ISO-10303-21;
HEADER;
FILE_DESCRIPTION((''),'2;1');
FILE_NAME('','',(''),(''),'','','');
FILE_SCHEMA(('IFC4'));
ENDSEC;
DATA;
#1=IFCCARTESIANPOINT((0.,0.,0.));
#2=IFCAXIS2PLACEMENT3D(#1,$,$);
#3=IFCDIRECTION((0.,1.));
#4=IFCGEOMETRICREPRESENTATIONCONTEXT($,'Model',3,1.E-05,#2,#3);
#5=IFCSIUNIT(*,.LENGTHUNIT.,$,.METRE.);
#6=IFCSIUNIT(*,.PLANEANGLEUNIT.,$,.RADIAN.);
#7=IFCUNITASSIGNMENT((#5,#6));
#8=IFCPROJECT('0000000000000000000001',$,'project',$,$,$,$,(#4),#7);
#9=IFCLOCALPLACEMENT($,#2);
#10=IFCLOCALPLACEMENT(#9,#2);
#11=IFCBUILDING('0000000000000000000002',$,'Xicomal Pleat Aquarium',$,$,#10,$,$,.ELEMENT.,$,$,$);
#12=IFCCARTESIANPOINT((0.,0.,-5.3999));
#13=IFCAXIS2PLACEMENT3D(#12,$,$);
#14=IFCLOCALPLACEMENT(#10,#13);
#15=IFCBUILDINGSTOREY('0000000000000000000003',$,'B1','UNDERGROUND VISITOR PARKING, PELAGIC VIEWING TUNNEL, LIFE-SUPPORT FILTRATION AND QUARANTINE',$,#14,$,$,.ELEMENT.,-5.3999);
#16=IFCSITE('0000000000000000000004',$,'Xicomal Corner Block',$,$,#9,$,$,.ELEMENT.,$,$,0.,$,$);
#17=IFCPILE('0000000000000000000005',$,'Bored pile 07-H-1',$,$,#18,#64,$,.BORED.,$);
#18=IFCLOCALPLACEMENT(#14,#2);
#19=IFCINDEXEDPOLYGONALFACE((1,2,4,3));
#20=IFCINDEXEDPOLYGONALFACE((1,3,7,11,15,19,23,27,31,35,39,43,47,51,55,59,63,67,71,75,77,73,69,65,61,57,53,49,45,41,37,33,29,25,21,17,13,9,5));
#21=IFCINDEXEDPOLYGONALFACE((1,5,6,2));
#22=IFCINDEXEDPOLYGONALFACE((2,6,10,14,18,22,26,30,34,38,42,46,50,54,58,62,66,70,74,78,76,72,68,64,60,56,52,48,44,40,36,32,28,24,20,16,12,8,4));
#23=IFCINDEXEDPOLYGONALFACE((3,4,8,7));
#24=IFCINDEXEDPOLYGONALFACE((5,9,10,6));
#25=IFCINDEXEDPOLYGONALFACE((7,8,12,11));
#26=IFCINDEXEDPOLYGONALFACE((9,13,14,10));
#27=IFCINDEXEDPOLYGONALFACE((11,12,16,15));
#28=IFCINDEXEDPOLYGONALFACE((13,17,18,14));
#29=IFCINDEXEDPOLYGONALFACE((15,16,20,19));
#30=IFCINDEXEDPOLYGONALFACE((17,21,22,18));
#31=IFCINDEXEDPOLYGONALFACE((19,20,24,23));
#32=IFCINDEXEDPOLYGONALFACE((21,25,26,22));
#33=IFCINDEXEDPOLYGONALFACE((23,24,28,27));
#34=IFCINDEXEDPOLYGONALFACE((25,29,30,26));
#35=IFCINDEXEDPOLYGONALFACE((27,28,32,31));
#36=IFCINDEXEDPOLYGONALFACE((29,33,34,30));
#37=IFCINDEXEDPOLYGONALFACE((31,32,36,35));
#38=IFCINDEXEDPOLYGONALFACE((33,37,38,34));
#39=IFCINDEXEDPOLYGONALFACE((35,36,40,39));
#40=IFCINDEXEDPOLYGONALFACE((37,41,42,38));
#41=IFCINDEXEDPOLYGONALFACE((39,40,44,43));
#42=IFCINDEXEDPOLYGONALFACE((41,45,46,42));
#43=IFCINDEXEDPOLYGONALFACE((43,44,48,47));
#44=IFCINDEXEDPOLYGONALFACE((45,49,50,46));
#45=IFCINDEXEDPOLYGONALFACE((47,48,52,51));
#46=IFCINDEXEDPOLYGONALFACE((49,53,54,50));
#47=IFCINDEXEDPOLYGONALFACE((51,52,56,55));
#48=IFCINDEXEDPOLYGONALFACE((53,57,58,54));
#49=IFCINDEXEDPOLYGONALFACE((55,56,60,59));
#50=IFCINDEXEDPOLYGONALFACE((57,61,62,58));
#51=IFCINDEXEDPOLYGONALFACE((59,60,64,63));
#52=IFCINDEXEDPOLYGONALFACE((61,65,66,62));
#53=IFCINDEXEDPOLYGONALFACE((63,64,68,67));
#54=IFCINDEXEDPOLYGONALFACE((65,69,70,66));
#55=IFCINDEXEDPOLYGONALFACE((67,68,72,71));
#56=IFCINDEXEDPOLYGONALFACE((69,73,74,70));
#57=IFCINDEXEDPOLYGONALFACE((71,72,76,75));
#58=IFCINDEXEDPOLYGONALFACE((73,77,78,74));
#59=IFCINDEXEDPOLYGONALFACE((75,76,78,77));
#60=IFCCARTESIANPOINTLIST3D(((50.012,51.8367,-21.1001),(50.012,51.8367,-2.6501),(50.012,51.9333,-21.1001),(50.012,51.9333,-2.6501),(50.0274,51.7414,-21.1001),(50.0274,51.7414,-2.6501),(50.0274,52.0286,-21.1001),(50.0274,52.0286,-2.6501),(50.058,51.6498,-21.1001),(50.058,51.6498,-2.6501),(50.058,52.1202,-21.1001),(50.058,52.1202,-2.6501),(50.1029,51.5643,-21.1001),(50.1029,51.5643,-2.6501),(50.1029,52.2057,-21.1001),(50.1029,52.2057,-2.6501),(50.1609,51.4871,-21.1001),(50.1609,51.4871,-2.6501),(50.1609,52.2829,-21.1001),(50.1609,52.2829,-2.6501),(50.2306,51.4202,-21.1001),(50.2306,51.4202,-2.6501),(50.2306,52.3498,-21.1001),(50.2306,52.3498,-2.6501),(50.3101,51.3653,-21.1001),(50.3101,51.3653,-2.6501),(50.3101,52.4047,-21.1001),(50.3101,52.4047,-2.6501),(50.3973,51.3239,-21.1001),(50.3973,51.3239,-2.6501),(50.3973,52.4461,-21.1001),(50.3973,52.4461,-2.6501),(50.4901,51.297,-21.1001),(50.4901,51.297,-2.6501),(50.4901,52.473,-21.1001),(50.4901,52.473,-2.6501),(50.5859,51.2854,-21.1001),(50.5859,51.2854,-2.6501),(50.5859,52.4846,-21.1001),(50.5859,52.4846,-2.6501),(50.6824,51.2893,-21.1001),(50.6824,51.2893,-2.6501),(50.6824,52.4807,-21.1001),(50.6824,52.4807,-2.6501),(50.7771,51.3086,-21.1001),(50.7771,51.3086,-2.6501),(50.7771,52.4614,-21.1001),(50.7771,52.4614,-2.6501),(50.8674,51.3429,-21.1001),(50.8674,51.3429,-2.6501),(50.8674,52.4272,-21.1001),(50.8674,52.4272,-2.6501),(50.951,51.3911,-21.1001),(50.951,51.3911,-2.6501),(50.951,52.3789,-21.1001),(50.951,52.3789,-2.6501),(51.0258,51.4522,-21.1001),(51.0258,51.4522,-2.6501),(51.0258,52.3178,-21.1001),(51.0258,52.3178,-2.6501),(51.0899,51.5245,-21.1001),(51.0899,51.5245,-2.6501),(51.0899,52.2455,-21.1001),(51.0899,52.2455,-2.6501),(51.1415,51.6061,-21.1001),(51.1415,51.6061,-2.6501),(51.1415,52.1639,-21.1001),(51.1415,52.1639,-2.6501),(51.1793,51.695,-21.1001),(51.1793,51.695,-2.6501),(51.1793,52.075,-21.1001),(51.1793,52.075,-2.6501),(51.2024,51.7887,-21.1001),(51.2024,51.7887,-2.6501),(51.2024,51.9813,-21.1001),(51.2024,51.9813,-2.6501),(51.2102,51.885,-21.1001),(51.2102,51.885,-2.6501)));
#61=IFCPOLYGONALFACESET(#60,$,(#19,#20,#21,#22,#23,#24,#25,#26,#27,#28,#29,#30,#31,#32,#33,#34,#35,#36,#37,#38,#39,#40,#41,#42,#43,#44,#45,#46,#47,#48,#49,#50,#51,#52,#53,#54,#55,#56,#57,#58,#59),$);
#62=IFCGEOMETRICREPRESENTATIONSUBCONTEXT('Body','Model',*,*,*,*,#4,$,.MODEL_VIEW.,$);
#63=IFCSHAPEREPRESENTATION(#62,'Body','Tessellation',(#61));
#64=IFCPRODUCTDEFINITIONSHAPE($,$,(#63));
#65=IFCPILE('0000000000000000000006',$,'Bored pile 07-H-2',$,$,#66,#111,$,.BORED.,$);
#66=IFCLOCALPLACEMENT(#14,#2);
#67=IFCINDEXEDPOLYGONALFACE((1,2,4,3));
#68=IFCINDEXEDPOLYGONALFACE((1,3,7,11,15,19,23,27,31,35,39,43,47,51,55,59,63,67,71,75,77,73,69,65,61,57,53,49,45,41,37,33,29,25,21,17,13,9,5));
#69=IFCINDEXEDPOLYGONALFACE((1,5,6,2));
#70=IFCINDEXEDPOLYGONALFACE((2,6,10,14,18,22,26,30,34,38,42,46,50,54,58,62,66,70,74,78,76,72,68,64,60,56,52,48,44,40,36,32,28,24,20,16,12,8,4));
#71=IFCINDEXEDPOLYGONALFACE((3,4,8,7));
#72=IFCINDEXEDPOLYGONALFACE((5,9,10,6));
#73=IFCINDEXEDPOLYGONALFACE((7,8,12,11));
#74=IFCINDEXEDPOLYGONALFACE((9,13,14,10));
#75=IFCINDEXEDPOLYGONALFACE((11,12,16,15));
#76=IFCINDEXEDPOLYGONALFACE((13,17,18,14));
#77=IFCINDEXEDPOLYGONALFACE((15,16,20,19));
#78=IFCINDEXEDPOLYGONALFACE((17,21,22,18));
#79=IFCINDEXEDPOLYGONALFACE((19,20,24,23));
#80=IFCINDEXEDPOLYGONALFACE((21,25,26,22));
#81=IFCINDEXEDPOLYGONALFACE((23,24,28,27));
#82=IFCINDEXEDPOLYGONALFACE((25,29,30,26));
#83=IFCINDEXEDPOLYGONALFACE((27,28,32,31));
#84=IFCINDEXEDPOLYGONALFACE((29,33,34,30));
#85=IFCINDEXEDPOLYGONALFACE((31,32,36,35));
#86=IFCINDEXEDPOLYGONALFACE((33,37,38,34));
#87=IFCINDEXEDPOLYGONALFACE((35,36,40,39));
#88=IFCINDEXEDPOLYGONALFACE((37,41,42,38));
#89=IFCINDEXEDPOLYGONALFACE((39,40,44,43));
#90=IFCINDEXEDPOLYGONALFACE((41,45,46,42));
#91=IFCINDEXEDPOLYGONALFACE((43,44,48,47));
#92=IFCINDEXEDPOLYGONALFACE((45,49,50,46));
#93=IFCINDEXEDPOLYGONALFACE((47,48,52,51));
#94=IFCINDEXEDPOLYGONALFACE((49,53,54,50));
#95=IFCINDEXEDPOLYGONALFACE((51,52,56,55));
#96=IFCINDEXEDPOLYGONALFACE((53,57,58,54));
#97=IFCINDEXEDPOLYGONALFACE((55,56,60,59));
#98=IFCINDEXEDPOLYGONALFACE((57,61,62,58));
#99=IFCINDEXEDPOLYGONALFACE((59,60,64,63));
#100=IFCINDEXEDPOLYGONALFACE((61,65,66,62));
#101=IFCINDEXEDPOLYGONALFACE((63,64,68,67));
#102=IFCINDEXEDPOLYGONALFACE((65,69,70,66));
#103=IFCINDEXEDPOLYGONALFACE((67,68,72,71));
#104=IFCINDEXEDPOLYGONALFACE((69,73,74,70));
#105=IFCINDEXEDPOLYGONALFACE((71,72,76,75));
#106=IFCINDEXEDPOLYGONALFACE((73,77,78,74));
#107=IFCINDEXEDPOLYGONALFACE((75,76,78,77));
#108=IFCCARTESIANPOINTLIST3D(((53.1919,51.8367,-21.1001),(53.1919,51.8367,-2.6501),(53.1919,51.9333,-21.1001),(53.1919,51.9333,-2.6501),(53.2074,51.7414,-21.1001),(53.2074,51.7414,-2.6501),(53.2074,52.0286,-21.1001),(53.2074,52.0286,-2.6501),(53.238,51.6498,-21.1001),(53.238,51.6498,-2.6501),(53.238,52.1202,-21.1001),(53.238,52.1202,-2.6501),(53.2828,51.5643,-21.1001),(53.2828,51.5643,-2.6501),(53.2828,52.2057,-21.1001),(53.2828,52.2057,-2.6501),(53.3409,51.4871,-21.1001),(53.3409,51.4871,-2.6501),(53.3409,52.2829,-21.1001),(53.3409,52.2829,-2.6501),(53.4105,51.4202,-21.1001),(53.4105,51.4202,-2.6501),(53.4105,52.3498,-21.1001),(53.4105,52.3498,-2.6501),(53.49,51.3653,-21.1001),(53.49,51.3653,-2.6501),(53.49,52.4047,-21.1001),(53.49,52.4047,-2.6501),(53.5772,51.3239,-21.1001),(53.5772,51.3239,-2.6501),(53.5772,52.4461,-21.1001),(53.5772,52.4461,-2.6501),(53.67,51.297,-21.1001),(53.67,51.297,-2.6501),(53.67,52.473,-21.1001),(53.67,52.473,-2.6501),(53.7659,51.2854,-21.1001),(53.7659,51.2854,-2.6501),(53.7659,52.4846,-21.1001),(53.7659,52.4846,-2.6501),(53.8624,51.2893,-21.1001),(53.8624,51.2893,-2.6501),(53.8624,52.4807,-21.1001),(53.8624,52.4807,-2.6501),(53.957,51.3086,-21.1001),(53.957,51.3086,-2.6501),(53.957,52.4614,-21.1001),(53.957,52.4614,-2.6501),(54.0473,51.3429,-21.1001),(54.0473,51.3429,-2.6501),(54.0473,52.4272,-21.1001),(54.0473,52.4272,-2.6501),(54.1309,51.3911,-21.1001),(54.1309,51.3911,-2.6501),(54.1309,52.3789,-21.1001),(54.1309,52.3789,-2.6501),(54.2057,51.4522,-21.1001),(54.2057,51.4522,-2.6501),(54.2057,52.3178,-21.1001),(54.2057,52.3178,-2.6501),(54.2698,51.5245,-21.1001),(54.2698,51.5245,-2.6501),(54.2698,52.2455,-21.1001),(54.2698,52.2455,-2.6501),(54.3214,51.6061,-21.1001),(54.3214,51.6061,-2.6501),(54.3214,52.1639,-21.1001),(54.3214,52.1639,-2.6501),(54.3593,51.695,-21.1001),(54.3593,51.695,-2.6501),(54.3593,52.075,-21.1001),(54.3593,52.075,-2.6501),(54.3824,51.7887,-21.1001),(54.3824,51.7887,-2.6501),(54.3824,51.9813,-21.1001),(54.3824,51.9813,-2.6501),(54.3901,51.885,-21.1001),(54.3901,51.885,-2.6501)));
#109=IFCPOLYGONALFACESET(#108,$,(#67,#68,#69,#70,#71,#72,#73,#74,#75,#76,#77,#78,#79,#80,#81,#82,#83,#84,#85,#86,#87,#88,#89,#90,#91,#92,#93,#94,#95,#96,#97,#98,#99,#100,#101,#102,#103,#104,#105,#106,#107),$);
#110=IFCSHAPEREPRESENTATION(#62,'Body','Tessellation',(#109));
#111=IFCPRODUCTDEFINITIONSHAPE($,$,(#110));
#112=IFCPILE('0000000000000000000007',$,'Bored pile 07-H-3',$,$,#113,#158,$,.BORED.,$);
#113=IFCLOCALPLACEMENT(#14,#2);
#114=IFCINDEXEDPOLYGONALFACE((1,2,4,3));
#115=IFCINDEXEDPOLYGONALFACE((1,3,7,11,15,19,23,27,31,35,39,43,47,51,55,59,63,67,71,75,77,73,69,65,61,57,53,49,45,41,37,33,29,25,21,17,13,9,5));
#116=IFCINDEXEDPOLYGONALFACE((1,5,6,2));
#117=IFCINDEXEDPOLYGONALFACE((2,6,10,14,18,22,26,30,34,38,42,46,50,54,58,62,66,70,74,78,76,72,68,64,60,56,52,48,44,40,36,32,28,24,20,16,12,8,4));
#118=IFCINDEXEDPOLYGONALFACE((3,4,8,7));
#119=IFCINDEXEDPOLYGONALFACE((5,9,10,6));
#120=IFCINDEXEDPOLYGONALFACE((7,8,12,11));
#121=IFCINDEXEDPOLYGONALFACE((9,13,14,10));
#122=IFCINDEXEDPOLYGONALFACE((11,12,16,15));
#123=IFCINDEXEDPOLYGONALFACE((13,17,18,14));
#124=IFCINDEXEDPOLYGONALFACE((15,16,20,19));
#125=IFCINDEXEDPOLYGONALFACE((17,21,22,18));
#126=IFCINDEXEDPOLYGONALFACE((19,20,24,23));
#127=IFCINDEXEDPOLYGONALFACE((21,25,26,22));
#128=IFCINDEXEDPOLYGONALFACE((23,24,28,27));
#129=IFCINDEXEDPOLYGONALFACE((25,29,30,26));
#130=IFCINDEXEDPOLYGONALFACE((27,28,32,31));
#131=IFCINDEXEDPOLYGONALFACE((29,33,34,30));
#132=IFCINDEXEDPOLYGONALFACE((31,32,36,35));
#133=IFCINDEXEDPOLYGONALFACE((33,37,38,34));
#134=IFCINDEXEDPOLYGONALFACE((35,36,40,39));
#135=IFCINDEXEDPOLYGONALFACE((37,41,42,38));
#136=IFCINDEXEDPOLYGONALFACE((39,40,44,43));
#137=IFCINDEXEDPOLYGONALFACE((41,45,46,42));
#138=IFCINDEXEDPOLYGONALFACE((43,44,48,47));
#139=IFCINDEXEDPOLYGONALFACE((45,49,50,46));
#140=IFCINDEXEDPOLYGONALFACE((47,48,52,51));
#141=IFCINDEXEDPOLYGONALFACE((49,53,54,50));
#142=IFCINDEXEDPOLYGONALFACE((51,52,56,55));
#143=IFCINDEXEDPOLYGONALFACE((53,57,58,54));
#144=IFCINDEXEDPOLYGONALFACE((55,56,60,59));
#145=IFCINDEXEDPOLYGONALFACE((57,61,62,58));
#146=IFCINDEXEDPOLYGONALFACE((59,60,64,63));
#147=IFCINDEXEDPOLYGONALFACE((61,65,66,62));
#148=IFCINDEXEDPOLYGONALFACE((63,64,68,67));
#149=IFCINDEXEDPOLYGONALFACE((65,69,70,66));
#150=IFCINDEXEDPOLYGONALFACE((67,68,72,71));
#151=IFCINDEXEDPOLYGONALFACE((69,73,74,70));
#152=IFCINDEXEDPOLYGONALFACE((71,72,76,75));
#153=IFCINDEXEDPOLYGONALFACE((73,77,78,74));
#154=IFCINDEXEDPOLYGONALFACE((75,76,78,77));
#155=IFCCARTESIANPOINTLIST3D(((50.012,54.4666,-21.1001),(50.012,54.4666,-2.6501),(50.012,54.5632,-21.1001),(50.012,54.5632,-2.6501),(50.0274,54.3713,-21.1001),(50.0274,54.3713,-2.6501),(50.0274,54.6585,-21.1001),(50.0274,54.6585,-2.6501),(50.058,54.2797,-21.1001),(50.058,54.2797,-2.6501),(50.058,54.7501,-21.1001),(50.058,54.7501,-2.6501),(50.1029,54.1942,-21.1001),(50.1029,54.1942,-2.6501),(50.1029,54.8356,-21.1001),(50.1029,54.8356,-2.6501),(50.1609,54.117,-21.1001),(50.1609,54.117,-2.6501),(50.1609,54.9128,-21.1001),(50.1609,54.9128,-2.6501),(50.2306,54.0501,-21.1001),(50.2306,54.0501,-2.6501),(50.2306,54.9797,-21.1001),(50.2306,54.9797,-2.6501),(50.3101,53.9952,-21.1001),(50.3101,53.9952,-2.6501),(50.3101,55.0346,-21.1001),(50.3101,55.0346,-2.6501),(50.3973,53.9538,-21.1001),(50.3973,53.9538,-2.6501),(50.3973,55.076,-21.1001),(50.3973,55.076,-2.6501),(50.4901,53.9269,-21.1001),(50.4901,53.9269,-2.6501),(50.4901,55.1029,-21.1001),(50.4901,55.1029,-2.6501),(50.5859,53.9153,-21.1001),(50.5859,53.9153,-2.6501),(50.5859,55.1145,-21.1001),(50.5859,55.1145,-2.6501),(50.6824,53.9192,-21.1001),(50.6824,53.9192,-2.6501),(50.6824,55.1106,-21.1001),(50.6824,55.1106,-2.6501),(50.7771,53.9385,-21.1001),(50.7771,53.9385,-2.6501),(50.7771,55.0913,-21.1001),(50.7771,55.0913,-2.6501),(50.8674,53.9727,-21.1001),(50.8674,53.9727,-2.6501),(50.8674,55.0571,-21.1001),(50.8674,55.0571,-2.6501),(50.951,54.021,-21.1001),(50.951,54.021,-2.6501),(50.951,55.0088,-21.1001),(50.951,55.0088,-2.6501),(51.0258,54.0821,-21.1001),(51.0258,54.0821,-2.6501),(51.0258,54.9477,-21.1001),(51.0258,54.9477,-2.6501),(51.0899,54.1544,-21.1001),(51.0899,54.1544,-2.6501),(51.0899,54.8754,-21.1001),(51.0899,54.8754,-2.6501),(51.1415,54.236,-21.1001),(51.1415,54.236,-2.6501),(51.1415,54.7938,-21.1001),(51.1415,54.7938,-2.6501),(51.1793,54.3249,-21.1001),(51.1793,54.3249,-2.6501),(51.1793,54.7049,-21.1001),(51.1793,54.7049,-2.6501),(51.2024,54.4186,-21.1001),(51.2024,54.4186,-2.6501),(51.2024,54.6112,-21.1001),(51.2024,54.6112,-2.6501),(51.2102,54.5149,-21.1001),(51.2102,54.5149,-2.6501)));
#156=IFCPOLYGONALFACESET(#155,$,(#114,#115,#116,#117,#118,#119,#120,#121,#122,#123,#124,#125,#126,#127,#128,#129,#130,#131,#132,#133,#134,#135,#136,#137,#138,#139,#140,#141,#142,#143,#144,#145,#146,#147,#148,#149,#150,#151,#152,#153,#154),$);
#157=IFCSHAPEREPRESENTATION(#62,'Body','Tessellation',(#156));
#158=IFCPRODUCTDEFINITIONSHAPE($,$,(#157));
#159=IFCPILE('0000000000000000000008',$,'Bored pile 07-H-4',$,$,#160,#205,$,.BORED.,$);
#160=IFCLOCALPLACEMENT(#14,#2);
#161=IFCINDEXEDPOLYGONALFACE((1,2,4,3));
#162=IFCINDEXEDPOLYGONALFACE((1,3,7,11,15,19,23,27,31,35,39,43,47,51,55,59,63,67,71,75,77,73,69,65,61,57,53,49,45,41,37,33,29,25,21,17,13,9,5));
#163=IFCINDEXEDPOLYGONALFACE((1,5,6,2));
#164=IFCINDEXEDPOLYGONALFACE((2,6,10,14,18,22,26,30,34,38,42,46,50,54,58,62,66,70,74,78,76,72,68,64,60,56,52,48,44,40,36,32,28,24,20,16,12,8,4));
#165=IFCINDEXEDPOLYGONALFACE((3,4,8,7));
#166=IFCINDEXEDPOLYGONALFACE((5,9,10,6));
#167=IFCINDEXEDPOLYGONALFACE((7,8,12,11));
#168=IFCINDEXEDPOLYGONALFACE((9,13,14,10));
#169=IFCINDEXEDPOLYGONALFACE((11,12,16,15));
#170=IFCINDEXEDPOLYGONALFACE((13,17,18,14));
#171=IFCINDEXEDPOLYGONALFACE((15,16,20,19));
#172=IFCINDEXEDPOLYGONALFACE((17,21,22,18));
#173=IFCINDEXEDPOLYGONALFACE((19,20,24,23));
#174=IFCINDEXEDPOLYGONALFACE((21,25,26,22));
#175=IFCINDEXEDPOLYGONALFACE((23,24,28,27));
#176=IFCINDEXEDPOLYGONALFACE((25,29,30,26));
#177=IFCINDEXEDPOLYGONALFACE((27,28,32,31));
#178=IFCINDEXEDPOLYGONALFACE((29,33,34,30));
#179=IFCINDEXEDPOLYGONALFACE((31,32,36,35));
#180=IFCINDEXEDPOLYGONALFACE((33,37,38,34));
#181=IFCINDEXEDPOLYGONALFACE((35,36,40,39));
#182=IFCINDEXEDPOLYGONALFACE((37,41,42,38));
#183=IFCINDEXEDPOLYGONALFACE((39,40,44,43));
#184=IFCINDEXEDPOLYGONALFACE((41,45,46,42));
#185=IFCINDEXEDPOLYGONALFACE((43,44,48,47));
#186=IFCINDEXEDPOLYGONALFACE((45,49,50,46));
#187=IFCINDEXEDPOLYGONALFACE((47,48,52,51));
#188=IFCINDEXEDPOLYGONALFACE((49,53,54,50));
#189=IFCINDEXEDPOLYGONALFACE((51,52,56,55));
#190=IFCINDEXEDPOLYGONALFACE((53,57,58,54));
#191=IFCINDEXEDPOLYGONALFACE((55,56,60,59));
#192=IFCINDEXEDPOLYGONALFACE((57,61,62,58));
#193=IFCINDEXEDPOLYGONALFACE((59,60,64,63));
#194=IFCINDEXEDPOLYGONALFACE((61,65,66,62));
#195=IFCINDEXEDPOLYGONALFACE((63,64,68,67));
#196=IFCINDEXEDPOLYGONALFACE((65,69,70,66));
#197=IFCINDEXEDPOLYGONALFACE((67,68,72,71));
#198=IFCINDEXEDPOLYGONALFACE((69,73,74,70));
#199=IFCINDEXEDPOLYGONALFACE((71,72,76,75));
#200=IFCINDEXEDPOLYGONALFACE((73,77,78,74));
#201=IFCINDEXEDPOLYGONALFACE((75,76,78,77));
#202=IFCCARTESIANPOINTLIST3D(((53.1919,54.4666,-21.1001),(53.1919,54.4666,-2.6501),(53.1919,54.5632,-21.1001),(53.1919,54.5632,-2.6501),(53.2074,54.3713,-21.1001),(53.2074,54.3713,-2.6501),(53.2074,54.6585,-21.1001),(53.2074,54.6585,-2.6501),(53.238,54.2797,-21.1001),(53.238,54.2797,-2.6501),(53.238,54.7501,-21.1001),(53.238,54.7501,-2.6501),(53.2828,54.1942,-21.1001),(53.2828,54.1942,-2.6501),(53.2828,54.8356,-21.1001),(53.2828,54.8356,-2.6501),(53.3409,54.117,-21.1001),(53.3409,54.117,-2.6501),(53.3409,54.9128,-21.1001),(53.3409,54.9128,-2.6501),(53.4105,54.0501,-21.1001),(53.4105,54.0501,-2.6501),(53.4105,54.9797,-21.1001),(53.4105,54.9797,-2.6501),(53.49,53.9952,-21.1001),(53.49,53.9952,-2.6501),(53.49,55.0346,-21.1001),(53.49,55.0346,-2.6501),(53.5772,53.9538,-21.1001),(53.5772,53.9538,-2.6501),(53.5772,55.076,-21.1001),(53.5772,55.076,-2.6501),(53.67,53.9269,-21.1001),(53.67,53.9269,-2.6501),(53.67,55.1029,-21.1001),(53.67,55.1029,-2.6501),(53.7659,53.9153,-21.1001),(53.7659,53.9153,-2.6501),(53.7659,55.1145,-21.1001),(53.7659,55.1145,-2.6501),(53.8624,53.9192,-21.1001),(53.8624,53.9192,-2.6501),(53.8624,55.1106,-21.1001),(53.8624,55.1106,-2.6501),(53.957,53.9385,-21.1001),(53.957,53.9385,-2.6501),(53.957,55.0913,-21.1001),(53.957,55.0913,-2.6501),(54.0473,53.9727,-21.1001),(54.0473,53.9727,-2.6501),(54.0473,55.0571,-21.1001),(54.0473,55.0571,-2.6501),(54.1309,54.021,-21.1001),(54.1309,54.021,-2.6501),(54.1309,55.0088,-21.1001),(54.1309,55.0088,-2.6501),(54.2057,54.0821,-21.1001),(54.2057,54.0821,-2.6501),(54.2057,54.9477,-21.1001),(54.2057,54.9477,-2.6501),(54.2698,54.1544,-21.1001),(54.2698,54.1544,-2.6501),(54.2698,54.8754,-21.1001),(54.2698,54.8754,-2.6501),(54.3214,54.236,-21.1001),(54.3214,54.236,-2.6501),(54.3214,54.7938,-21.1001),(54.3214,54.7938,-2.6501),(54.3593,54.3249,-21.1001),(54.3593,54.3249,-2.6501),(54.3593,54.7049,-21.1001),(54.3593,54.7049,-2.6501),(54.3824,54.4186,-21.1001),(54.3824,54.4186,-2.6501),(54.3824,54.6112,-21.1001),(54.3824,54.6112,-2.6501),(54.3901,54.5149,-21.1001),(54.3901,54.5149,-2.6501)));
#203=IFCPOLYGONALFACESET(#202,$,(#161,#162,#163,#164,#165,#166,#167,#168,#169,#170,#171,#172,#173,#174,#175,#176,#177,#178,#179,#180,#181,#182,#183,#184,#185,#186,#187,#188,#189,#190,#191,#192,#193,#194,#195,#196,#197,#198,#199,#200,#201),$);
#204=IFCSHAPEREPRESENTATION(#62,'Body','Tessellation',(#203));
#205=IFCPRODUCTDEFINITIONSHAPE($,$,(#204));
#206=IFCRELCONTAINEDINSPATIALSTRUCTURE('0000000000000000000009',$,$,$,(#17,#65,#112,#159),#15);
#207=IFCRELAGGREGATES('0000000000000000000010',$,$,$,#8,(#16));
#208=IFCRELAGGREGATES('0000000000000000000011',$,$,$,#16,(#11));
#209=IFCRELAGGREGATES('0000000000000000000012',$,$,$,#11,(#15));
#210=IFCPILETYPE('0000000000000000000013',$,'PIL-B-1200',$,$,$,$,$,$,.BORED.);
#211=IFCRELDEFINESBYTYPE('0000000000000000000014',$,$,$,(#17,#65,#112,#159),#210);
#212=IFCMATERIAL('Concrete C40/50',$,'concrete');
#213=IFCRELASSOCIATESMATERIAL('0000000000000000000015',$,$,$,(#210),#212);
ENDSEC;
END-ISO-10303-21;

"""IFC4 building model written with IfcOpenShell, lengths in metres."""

from ifc_helpers import new_model, si_unit, direction, frame, origin, origin_2d, place, context, subcontext, project, spatial, circle, extrude, material, material_profile, profile_set, type_object, element, save


model = new_model("IFC4")

# Units and contexts
model_context = context("Model", 3, precision=1e-05, world=origin(), true_north=direction((0.0, 1.0)))
body_context = subcontext(model_context, "Body", "Model", "MODEL_VIEW")
ifc_project = project(units=[si_unit("LENGTHUNIT", "METRE"), si_unit("PLANEANGLEUNIT", "RADIAN")], contexts=[model_context])

# Site, building, storey
site_placement = place(None, origin())
site = spatial("IfcSite", under=ifc_project, at=site_placement, Name="Xicomal Corner Block", CompositionType="ELEMENT", RefElevation=0.0)
building_placement = place(site_placement, origin())
building = spatial("IfcBuilding", under=site, at=building_placement, Name="Xicomal Pleat Aquarium", CompositionType="ELEMENT")
storey_placement = place(building_placement, frame((0.0, 0.0, -5.3999)))
storey = spatial("IfcBuildingStorey", under=building, at=storey_placement, Name="B1", Description="UNDERGROUND VISITOR PARKING, PELAGIC VIEWING TUNNEL, LIFE-SUPPORT FILTRATION AND QUARANTINE", CompositionType="ELEMENT", Elevation=-5.3999)

# Piles
ifc_material_1 = material(Name="Concrete C40/50", Category="concrete")
ifc_material_profile_1 = material_profile(ifc_material_1, circle(Radius=0.6001, at=origin_2d()), Name="BORED PILE D1200")
ifc_profile_set_1 = profile_set([ifc_material_profile_1], Name="Concrete C40/50")
pile_type_1 = type_object("IfcPileType", Name="PIL-B-1200", PredefinedType="BORED", material=ifc_profile_set_1)
for number, where, z_axis, x_axis, name in (
    (1, (50.6101, 51.885, -2.6501), (0.0, 0.0, -1.0), (1.0, 0.0, 0.0), "Bored pile 07-H-1"),
    (2, (53.79, 51.885, -2.6501), (0.0, 0.0, -1.0), (1.0, 0.0, 0.0), "Bored pile 07-H-2"),
    (3, (50.6101, 54.5149, -2.6501), (0.0, 0.0, -1.0), (1.0, 0.0, 0.0), "Bored pile 07-H-3"),
    (4, (53.79, 54.5149, -2.6501), (0.0, 0.0, -1.0), (1.0, 0.0, 0.0), "Bored pile 07-H-4"),
):
    element("IfcPile", number, at=place(storey_placement, frame(where, z_axis=z_axis, x_axis=x_axis)), inside=storey, type_object=pile_type_1, Name=name, PredefinedType="BORED", context=body_context, shape_type="SweptSolid", body=[
        extrude(circle(Radius=0.6001, at=origin_2d()), origin(), (0.0, 0.0, 1.0), 18.45),
    ])

save(model, "model.ifc")
